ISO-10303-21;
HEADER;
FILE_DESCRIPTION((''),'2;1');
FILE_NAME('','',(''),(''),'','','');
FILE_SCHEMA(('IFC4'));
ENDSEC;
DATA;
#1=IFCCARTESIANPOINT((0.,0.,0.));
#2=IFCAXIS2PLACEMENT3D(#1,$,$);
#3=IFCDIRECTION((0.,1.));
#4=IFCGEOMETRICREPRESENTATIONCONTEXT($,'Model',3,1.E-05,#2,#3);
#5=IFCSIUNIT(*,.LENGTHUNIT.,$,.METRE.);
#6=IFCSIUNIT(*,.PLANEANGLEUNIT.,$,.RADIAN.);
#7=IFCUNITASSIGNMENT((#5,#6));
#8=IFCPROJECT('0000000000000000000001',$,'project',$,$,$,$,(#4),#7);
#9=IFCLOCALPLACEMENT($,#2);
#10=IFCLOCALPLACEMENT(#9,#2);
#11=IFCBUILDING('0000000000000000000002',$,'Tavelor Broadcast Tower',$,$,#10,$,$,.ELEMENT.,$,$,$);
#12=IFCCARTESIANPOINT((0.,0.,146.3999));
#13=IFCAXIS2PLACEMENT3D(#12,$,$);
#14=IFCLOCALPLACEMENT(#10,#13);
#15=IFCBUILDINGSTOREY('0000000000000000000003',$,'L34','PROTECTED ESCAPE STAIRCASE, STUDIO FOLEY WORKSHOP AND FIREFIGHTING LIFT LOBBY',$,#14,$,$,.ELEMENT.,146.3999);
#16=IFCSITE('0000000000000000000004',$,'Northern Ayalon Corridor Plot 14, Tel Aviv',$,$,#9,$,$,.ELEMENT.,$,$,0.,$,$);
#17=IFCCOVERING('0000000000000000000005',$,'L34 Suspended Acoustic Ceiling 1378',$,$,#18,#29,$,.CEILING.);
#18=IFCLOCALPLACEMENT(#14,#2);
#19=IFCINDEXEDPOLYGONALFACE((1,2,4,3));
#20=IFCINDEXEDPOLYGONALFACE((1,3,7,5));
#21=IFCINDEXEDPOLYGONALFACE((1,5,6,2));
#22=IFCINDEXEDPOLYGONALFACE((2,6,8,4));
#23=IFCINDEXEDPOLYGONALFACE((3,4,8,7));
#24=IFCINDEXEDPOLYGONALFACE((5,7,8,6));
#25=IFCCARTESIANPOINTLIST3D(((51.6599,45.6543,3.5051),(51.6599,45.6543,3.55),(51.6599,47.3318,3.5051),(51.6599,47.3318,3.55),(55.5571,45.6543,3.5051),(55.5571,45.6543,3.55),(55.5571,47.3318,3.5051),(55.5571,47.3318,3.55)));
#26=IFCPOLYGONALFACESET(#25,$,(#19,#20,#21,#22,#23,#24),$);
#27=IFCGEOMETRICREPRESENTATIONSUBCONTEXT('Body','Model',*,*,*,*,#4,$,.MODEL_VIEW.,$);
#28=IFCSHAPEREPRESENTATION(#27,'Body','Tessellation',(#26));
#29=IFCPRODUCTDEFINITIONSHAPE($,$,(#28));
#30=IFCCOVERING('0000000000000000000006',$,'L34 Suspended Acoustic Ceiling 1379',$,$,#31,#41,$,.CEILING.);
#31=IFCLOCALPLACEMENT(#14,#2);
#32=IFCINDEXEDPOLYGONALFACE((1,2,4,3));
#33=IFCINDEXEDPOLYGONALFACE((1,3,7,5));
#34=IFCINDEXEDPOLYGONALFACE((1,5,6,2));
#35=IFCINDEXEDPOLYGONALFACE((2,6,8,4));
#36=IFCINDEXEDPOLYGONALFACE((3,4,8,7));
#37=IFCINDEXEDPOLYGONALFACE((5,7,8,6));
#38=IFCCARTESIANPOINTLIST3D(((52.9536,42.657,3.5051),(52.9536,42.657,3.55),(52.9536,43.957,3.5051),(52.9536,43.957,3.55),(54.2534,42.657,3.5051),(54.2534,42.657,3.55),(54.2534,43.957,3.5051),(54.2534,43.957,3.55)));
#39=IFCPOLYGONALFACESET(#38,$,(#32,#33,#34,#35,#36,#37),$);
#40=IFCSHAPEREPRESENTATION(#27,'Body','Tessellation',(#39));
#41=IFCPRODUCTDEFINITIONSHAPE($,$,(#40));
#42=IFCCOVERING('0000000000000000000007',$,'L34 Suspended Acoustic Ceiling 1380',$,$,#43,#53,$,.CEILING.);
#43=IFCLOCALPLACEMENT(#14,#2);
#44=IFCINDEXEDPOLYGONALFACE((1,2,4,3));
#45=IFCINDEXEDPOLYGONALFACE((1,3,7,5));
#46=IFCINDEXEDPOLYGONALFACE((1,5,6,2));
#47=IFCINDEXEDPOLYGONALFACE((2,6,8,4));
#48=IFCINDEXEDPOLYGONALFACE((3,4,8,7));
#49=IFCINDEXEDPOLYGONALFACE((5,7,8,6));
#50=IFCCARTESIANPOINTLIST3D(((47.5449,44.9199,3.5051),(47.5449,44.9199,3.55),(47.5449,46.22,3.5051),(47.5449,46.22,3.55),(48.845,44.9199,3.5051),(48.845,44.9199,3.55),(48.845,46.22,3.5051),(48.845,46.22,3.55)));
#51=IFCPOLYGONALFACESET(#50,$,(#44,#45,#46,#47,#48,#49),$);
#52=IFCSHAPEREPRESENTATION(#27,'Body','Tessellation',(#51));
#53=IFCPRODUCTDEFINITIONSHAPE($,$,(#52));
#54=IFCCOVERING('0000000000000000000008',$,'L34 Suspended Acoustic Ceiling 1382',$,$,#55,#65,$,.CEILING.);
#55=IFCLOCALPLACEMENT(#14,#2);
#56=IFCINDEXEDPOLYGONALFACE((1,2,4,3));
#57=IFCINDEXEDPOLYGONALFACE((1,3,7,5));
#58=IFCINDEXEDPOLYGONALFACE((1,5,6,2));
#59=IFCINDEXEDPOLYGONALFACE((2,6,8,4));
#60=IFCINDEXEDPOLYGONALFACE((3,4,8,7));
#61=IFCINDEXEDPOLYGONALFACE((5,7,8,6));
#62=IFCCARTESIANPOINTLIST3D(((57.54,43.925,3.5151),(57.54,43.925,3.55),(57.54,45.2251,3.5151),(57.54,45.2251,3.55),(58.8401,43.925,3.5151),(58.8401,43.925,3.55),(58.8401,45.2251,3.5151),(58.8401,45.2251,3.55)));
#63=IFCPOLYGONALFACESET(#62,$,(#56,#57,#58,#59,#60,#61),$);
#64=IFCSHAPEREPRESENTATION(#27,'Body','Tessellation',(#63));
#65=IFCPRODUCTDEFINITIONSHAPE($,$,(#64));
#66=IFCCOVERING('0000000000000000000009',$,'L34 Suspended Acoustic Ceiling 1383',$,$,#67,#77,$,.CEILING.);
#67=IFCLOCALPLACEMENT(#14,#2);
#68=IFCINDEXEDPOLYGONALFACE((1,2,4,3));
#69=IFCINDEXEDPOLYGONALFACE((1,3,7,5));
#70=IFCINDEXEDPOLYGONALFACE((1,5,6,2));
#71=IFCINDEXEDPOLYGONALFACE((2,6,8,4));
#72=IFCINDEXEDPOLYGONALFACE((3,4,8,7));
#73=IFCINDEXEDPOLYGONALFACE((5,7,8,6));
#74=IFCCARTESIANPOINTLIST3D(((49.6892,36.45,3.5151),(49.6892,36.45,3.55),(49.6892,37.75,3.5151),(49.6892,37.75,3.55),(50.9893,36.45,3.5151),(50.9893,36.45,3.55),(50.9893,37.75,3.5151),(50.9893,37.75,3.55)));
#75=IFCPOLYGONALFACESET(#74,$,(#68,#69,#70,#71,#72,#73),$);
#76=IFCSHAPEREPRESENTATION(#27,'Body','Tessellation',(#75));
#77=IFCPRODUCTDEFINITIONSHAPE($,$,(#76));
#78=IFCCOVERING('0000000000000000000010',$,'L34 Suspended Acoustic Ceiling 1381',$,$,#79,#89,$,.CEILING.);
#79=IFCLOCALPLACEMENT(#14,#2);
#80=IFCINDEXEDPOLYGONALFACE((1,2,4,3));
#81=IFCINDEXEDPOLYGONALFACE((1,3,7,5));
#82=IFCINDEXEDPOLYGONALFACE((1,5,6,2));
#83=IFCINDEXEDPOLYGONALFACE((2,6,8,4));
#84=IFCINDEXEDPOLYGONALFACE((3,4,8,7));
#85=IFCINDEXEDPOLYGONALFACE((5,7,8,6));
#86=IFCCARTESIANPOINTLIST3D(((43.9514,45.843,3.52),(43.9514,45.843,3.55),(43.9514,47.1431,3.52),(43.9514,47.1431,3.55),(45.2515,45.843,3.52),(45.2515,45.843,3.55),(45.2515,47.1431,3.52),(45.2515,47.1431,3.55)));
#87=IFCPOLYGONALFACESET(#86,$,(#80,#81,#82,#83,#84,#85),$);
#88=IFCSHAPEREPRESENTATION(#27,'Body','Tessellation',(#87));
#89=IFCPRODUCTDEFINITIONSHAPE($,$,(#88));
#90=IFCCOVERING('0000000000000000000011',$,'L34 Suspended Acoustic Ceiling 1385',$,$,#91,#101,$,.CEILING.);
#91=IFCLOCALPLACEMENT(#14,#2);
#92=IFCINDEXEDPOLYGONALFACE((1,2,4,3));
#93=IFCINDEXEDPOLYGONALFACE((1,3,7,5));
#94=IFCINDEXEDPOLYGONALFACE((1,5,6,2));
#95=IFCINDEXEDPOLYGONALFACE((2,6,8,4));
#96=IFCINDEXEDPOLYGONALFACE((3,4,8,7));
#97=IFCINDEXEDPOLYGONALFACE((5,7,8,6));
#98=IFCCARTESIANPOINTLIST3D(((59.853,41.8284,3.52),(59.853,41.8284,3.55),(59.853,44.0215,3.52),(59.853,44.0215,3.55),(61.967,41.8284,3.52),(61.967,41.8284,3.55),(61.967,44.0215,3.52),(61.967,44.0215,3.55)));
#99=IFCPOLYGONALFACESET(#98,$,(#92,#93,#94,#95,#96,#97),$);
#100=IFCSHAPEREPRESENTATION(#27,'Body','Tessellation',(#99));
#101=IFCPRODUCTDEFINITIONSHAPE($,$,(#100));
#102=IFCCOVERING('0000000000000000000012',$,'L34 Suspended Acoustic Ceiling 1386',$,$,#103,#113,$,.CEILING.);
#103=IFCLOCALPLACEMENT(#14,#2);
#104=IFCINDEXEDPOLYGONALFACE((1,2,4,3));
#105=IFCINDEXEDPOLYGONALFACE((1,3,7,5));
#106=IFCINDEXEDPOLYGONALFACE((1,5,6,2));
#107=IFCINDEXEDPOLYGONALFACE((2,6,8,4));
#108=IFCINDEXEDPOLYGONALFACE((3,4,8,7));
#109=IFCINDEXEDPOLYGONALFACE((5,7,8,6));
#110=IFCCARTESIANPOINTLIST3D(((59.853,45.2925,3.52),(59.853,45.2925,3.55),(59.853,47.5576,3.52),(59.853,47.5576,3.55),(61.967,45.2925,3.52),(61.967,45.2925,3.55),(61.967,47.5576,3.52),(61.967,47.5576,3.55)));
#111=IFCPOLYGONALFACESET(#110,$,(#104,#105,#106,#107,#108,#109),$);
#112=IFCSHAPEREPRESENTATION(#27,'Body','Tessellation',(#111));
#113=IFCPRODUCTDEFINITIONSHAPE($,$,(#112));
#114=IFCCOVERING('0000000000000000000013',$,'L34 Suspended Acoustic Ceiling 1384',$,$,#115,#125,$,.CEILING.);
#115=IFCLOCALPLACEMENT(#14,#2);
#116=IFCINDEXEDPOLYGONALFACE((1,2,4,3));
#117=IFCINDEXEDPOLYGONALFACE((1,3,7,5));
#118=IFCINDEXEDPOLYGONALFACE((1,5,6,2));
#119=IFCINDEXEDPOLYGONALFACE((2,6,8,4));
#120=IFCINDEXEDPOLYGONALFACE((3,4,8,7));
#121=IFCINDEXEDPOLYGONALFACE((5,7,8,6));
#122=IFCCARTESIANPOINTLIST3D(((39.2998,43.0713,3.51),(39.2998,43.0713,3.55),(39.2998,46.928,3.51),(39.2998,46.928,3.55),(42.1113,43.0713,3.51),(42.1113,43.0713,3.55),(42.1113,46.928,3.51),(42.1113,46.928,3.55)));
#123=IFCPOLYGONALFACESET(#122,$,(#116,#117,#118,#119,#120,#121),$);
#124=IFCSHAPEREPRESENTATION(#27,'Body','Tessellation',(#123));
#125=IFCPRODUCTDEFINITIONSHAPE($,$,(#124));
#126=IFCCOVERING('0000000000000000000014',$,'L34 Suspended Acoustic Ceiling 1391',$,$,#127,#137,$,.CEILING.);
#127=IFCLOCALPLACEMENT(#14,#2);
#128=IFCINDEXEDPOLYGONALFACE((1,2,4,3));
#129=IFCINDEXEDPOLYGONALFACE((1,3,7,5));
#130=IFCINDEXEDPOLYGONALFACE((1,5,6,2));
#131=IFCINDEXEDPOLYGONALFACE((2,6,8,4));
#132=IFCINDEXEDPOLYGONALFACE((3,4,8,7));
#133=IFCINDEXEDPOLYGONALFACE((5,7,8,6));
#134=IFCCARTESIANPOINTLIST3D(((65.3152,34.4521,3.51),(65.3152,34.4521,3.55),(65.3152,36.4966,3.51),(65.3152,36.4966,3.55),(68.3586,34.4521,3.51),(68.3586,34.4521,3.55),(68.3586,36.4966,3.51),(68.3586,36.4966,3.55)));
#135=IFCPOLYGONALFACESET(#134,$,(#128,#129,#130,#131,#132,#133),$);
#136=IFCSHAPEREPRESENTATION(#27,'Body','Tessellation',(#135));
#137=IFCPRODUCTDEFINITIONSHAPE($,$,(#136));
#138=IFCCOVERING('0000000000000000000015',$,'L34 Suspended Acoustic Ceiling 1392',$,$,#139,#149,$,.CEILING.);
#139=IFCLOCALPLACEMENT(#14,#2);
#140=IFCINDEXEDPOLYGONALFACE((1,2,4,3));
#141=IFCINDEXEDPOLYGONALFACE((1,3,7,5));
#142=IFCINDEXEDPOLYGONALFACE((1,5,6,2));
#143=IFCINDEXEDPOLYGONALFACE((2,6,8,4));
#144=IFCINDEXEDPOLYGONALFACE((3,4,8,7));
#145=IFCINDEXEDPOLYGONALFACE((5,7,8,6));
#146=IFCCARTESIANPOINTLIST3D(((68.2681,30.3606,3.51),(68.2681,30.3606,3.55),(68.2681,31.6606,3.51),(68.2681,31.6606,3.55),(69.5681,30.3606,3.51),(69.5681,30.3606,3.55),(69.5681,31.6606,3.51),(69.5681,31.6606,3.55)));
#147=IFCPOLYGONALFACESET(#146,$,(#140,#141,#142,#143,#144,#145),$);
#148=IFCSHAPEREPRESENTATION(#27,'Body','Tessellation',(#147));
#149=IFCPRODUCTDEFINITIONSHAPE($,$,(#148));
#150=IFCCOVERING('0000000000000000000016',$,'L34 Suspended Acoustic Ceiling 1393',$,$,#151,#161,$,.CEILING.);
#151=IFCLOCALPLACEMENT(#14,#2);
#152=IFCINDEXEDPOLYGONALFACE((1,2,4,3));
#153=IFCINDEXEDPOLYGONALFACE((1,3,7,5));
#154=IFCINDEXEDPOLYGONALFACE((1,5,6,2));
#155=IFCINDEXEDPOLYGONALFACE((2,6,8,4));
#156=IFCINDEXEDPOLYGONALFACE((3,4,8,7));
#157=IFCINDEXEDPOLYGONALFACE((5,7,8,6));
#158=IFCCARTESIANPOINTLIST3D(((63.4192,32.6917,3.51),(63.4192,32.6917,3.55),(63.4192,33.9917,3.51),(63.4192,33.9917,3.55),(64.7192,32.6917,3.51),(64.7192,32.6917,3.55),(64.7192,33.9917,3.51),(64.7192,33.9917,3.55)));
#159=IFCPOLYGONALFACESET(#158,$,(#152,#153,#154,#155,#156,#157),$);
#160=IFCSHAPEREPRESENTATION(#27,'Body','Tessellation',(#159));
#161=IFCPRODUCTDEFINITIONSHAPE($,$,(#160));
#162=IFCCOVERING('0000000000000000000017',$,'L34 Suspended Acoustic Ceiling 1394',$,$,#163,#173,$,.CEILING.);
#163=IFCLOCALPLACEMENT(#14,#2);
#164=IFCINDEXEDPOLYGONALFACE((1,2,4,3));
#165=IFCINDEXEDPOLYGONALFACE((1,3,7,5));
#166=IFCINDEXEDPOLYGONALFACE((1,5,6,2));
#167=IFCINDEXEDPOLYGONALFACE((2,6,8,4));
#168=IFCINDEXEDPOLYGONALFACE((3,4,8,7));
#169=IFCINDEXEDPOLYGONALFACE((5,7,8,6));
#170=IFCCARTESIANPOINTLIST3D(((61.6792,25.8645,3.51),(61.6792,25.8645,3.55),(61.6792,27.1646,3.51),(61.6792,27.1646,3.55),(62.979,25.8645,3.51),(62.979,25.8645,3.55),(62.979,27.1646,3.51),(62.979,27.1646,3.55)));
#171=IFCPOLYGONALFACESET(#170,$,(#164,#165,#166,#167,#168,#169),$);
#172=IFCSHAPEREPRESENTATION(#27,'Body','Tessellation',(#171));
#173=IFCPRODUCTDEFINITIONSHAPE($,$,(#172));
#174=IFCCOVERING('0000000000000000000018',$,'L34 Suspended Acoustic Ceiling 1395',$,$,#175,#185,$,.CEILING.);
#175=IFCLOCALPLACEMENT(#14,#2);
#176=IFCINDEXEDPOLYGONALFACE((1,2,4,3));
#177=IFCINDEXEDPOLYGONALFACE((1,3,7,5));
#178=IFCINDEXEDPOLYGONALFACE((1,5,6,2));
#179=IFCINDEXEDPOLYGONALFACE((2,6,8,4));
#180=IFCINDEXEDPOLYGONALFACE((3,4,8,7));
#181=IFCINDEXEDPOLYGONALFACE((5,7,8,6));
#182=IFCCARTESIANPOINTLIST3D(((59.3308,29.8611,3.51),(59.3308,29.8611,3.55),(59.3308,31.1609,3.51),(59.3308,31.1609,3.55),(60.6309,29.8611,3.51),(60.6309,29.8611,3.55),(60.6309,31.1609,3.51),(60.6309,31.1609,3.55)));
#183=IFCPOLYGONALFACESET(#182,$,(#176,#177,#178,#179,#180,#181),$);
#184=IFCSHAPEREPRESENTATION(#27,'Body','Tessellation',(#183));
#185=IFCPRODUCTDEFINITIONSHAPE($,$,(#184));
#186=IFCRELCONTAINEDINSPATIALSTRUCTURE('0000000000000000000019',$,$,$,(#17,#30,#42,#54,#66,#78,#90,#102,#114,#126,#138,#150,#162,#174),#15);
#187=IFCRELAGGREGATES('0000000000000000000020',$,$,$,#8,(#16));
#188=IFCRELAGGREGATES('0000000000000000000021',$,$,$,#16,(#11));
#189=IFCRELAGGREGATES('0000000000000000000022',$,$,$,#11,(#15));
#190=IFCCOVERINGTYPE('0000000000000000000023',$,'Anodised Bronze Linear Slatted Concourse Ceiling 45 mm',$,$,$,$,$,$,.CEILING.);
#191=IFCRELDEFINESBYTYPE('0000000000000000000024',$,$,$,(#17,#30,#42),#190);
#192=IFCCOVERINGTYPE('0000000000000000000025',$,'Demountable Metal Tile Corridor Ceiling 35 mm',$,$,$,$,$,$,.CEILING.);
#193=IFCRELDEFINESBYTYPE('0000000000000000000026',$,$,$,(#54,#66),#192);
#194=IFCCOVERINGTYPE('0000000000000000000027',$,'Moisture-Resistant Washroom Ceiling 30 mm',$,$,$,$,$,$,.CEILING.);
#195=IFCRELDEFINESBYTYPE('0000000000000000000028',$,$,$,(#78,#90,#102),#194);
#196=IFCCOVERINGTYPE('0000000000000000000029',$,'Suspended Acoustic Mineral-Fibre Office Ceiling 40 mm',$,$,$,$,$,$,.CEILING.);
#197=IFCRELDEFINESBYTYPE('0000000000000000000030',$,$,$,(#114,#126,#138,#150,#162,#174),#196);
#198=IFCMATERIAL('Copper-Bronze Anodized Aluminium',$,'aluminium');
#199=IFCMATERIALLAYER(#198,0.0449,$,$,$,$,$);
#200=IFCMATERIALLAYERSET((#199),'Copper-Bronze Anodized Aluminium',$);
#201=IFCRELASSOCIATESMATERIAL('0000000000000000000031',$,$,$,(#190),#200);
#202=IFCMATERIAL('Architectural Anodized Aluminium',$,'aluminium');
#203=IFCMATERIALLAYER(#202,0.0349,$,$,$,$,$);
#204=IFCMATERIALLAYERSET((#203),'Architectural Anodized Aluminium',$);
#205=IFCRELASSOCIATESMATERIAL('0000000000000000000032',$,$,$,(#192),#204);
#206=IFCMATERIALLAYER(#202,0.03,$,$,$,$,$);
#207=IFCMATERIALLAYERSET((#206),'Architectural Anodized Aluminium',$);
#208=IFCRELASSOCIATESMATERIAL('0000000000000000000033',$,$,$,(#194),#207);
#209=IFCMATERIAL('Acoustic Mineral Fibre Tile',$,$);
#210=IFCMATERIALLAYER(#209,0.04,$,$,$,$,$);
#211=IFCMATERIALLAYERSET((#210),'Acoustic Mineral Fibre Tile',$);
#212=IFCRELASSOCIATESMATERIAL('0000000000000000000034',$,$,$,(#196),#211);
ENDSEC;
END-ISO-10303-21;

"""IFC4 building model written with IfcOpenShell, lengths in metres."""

from ifc_helpers import new_model, si_unit, direction, frame, origin, place, context, subcontext, project, spatial, polyline, outline, extrude, material, layer, layer_set, type_object, element, save


model = new_model("IFC4")

# Units and contexts
model_context = context("Model", 3, precision=1e-05, world=origin(), true_north=direction((0.0, 1.0)))
body_context = subcontext(model_context, "Body", "Model", "MODEL_VIEW")
ifc_project = project(units=[si_unit("LENGTHUNIT", "METRE"), si_unit("PLANEANGLEUNIT", "RADIAN")], contexts=[model_context])

# Site, building, storey
site_placement = place(None, origin())
site = spatial("IfcSite", under=ifc_project, at=site_placement, Name="Northern Ayalon Corridor Plot 14, Tel Aviv", CompositionType="ELEMENT", RefElevation=0.0)
building_placement = place(site_placement, origin())
building = spatial("IfcBuilding", under=site, at=building_placement, Name="Tavelor Broadcast Tower", CompositionType="ELEMENT")
storey_placement = place(building_placement, frame((0.0, 0.0, 146.3999)))
storey = spatial("IfcBuildingStorey", under=building, at=storey_placement, Name="L34", Description="PROTECTED ESCAPE STAIRCASE, STUDIO FOLEY WORKSHOP AND FIREFIGHTING LIFT LOBBY", CompositionType="ELEMENT", Elevation=146.3999)

# Coverings
ifc_material_1 = material(Name="Copper-Bronze Anodized Aluminium", Category="aluminium")
ifc_layer_1 = layer(ifc_material_1, 0.0449)
ifc_layer_set_1 = layer_set([ifc_layer_1], Name="Copper-Bronze Anodized Aluminium")
covering_type_1 = type_object("IfcCoveringType", Name="Anodised Bronze Linear Slatted Concourse Ceiling 45 mm", PredefinedType="CEILING", material=ifc_layer_set_1)
covering_1_placement = place(storey_placement, frame((0.0, 0.0, 3.5051)))
element("IfcCovering", 1, at=covering_1_placement, inside=storey, type_object=covering_type_1, Name="L34 Suspended Acoustic Ceiling 1378", PredefinedType="CEILING", context=body_context, shape_type="SweptSolid", body=[
    extrude(outline(polyline([(51.6599, 45.6543), (55.5571, 45.6543), (55.5571, 47.3318), (51.6599, 47.3318), (51.6599, 45.6543)])), origin(), (0.0, 0.0, 1.0), 0.0449),
])
covering_2_placement = place(storey_placement, frame((0.0, 0.0, 3.5051)))
element("IfcCovering", 2, at=covering_2_placement, inside=storey, type_object=covering_type_1, Name="L34 Suspended Acoustic Ceiling 1379", PredefinedType="CEILING", context=body_context, shape_type="SweptSolid", body=[
    extrude(outline(polyline([(52.9536, 42.657), (54.2534, 42.657), (54.2534, 43.957), (52.9536, 43.957), (52.9536, 42.657)])), origin(), (0.0, 0.0, 1.0), 0.0449),
])
covering_3_placement = place(storey_placement, frame((0.0, 0.0, 3.5051)))
element("IfcCovering", 3, at=covering_3_placement, inside=storey, type_object=covering_type_1, Name="L34 Suspended Acoustic Ceiling 1380", PredefinedType="CEILING", context=body_context, shape_type="SweptSolid", body=[
    extrude(outline(polyline([(47.5449, 44.9199), (48.845, 44.9199), (48.845, 46.22), (47.5449, 46.22), (47.5449, 44.9199)])), origin(), (0.0, 0.0, 1.0), 0.0449),
])
ifc_material_2 = material(Name="Architectural Anodized Aluminium", Category="aluminium")
ifc_layer_2 = layer(ifc_material_2, 0.0349)
ifc_layer_set_2 = layer_set([ifc_layer_2], Name="Architectural Anodized Aluminium")
covering_type_2 = type_object("IfcCoveringType", Name="Demountable Metal Tile Corridor Ceiling 35 mm", PredefinedType="CEILING", material=ifc_layer_set_2)
covering_4_placement = place(storey_placement, frame((0.0, 0.0, 3.5151)))
element("IfcCovering", 4, at=covering_4_placement, inside=storey, type_object=covering_type_2, Name="L34 Suspended Acoustic Ceiling 1382", PredefinedType="CEILING", context=body_context, shape_type="SweptSolid", body=[
    extrude(outline(polyline([(57.54, 43.925), (58.8401, 43.925), (58.8401, 45.2251), (57.54, 45.2251), (57.54, 43.925)])), origin(), (0.0, 0.0, 1.0), 0.0349),
])
covering_5_placement = place(storey_placement, frame((0.0, 0.0, 3.5151)))
element("IfcCovering", 5, at=covering_5_placement, inside=storey, type_object=covering_type_2, Name="L34 Suspended Acoustic Ceiling 1383", PredefinedType="CEILING", context=body_context, shape_type="SweptSolid", body=[
    extrude(outline(polyline([(49.6892, 36.45), (50.9893, 36.45), (50.9893, 37.75), (49.6892, 37.75), (49.6892, 36.45)])), origin(), (0.0, 0.0, 1.0), 0.0349),
])
ifc_layer_3 = layer(ifc_material_2, 0.03)
ifc_layer_set_3 = layer_set([ifc_layer_3], Name="Architectural Anodized Aluminium")
covering_type_3 = type_object("IfcCoveringType", Name="Moisture-Resistant Washroom Ceiling 30 mm", PredefinedType="CEILING", material=ifc_layer_set_3)
covering_6_placement = place(storey_placement, frame((0.0, 0.0, 3.52)))
element("IfcCovering", 6, at=covering_6_placement, inside=storey, type_object=covering_type_3, Name="L34 Suspended Acoustic Ceiling 1381", PredefinedType="CEILING", context=body_context, shape_type="SweptSolid", body=[
    extrude(outline(polyline([(43.9514, 45.843), (45.2515, 45.843), (45.2515, 47.1431), (43.9514, 47.1431), (43.9514, 45.843)])), origin(), (0.0, 0.0, 1.0), 0.03),
])
covering_7_placement = place(storey_placement, frame((0.0, 0.0, 3.52)))
element("IfcCovering", 7, at=covering_7_placement, inside=storey, type_object=covering_type_3, Name="L34 Suspended Acoustic Ceiling 1385", PredefinedType="CEILING", context=body_context, shape_type="SweptSolid", body=[
    extrude(outline(polyline([(59.853, 41.8284), (61.967, 41.8284), (61.967, 44.0215), (59.853, 44.0215), (59.853, 41.8284)])), origin(), (0.0, 0.0, 1.0), 0.03),
])
covering_8_placement = place(storey_placement, frame((0.0, 0.0, 3.52)))
element("IfcCovering", 8, at=covering_8_placement, inside=storey, type_object=covering_type_3, Name="L34 Suspended Acoustic Ceiling 1386", PredefinedType="CEILING", context=body_context, shape_type="SweptSolid", body=[
    extrude(outline(polyline([(59.853, 45.2925), (61.967, 45.2925), (61.967, 47.5576), (59.853, 47.5576), (59.853, 45.2925)])), origin(), (0.0, 0.0, 1.0), 0.03),
])
ifc_material_3 = material(Name="Acoustic Mineral Fibre Tile")
ifc_layer_4 = layer(ifc_material_3, 0.04)
ifc_layer_set_4 = layer_set([ifc_layer_4], Name="Acoustic Mineral Fibre Tile")
covering_type_4 = type_object("IfcCoveringType", Name="Suspended Acoustic Mineral-Fibre Office Ceiling 40 mm", PredefinedType="CEILING", material=ifc_layer_set_4)
covering_9_placement = place(storey_placement, frame((0.0, 0.0, 3.51)))
element("IfcCovering", 9, at=covering_9_placement, inside=storey, type_object=covering_type_4, Name="L34 Suspended Acoustic Ceiling 1384", PredefinedType="CEILING", context=body_context, shape_type="SweptSolid", body=[
    extrude(outline(polyline([(39.2998, 43.0713), (42.1113, 43.0713), (42.1113, 46.928), (39.2998, 46.928), (39.2998, 43.0713)])), origin(), (0.0, 0.0, 1.0), 0.04),
])
covering_10_placement = place(storey_placement, frame((0.0, 0.0, 3.51)))
element("IfcCovering", 10, at=covering_10_placement, inside=storey, type_object=covering_type_4, Name="L34 Suspended Acoustic Ceiling 1391", PredefinedType="CEILING", context=body_context, shape_type="SweptSolid", body=[
    extrude(outline(polyline([(65.3152, 34.4521), (68.3586, 34.4521), (68.3586, 36.4966), (65.3152, 36.4966), (65.3152, 34.4521)])), origin(), (0.0, 0.0, 1.0), 0.04),
])
covering_11_placement = place(storey_placement, frame((0.0, 0.0, 3.51)))
element("IfcCovering", 11, at=covering_11_placement, inside=storey, type_object=covering_type_4, Name="L34 Suspended Acoustic Ceiling 1392", PredefinedType="CEILING", context=body_context, shape_type="SweptSolid", body=[
    extrude(outline(polyline([(68.2681, 30.3606), (69.5681, 30.3606), (69.5681, 31.6606), (68.2681, 31.6606), (68.2681, 30.3606)])), origin(), (0.0, 0.0, 1.0), 0.04),
])
covering_12_placement = place(storey_placement, frame((0.0, 0.0, 3.51)))
element("IfcCovering", 12, at=covering_12_placement, inside=storey, type_object=covering_type_4, Name="L34 Suspended Acoustic Ceiling 1393", PredefinedType="CEILING", context=body_context, shape_type="SweptSolid", body=[
    extrude(outline(polyline([(63.4192, 32.6917), (64.7192, 32.6917), (64.7192, 33.9917), (63.4192, 33.9917), (63.4192, 32.6917)])), origin(), (0.0, 0.0, 1.0), 0.04),
])
covering_13_placement = place(storey_placement, frame((0.0, 0.0, 3.51)))
element("IfcCovering", 13, at=covering_13_placement, inside=storey, type_object=covering_type_4, Name="L34 Suspended Acoustic Ceiling 1394", PredefinedType="CEILING", context=body_context, shape_type="SweptSolid", body=[
    extrude(outline(polyline([(61.6792, 25.8645), (62.979, 25.8645), (62.979, 27.1646), (61.6792, 27.1646), (61.6792, 25.8645)])), origin(), (0.0, 0.0, 1.0), 0.04),
])
covering_14_placement = place(storey_placement, frame((0.0, 0.0, 3.51)))
element("IfcCovering", 14, at=covering_14_placement, inside=storey, type_object=covering_type_4, Name="L34 Suspended Acoustic Ceiling 1395", PredefinedType="CEILING", context=body_context, shape_type="SweptSolid", body=[
    extrude(outline(polyline([(59.3308, 29.8611), (60.6309, 29.8611), (60.6309, 31.1609), (59.3308, 31.1609), (59.3308, 29.8611)])), origin(), (0.0, 0.0, 1.0), 0.04),
])

save(model, "model.ifc")
